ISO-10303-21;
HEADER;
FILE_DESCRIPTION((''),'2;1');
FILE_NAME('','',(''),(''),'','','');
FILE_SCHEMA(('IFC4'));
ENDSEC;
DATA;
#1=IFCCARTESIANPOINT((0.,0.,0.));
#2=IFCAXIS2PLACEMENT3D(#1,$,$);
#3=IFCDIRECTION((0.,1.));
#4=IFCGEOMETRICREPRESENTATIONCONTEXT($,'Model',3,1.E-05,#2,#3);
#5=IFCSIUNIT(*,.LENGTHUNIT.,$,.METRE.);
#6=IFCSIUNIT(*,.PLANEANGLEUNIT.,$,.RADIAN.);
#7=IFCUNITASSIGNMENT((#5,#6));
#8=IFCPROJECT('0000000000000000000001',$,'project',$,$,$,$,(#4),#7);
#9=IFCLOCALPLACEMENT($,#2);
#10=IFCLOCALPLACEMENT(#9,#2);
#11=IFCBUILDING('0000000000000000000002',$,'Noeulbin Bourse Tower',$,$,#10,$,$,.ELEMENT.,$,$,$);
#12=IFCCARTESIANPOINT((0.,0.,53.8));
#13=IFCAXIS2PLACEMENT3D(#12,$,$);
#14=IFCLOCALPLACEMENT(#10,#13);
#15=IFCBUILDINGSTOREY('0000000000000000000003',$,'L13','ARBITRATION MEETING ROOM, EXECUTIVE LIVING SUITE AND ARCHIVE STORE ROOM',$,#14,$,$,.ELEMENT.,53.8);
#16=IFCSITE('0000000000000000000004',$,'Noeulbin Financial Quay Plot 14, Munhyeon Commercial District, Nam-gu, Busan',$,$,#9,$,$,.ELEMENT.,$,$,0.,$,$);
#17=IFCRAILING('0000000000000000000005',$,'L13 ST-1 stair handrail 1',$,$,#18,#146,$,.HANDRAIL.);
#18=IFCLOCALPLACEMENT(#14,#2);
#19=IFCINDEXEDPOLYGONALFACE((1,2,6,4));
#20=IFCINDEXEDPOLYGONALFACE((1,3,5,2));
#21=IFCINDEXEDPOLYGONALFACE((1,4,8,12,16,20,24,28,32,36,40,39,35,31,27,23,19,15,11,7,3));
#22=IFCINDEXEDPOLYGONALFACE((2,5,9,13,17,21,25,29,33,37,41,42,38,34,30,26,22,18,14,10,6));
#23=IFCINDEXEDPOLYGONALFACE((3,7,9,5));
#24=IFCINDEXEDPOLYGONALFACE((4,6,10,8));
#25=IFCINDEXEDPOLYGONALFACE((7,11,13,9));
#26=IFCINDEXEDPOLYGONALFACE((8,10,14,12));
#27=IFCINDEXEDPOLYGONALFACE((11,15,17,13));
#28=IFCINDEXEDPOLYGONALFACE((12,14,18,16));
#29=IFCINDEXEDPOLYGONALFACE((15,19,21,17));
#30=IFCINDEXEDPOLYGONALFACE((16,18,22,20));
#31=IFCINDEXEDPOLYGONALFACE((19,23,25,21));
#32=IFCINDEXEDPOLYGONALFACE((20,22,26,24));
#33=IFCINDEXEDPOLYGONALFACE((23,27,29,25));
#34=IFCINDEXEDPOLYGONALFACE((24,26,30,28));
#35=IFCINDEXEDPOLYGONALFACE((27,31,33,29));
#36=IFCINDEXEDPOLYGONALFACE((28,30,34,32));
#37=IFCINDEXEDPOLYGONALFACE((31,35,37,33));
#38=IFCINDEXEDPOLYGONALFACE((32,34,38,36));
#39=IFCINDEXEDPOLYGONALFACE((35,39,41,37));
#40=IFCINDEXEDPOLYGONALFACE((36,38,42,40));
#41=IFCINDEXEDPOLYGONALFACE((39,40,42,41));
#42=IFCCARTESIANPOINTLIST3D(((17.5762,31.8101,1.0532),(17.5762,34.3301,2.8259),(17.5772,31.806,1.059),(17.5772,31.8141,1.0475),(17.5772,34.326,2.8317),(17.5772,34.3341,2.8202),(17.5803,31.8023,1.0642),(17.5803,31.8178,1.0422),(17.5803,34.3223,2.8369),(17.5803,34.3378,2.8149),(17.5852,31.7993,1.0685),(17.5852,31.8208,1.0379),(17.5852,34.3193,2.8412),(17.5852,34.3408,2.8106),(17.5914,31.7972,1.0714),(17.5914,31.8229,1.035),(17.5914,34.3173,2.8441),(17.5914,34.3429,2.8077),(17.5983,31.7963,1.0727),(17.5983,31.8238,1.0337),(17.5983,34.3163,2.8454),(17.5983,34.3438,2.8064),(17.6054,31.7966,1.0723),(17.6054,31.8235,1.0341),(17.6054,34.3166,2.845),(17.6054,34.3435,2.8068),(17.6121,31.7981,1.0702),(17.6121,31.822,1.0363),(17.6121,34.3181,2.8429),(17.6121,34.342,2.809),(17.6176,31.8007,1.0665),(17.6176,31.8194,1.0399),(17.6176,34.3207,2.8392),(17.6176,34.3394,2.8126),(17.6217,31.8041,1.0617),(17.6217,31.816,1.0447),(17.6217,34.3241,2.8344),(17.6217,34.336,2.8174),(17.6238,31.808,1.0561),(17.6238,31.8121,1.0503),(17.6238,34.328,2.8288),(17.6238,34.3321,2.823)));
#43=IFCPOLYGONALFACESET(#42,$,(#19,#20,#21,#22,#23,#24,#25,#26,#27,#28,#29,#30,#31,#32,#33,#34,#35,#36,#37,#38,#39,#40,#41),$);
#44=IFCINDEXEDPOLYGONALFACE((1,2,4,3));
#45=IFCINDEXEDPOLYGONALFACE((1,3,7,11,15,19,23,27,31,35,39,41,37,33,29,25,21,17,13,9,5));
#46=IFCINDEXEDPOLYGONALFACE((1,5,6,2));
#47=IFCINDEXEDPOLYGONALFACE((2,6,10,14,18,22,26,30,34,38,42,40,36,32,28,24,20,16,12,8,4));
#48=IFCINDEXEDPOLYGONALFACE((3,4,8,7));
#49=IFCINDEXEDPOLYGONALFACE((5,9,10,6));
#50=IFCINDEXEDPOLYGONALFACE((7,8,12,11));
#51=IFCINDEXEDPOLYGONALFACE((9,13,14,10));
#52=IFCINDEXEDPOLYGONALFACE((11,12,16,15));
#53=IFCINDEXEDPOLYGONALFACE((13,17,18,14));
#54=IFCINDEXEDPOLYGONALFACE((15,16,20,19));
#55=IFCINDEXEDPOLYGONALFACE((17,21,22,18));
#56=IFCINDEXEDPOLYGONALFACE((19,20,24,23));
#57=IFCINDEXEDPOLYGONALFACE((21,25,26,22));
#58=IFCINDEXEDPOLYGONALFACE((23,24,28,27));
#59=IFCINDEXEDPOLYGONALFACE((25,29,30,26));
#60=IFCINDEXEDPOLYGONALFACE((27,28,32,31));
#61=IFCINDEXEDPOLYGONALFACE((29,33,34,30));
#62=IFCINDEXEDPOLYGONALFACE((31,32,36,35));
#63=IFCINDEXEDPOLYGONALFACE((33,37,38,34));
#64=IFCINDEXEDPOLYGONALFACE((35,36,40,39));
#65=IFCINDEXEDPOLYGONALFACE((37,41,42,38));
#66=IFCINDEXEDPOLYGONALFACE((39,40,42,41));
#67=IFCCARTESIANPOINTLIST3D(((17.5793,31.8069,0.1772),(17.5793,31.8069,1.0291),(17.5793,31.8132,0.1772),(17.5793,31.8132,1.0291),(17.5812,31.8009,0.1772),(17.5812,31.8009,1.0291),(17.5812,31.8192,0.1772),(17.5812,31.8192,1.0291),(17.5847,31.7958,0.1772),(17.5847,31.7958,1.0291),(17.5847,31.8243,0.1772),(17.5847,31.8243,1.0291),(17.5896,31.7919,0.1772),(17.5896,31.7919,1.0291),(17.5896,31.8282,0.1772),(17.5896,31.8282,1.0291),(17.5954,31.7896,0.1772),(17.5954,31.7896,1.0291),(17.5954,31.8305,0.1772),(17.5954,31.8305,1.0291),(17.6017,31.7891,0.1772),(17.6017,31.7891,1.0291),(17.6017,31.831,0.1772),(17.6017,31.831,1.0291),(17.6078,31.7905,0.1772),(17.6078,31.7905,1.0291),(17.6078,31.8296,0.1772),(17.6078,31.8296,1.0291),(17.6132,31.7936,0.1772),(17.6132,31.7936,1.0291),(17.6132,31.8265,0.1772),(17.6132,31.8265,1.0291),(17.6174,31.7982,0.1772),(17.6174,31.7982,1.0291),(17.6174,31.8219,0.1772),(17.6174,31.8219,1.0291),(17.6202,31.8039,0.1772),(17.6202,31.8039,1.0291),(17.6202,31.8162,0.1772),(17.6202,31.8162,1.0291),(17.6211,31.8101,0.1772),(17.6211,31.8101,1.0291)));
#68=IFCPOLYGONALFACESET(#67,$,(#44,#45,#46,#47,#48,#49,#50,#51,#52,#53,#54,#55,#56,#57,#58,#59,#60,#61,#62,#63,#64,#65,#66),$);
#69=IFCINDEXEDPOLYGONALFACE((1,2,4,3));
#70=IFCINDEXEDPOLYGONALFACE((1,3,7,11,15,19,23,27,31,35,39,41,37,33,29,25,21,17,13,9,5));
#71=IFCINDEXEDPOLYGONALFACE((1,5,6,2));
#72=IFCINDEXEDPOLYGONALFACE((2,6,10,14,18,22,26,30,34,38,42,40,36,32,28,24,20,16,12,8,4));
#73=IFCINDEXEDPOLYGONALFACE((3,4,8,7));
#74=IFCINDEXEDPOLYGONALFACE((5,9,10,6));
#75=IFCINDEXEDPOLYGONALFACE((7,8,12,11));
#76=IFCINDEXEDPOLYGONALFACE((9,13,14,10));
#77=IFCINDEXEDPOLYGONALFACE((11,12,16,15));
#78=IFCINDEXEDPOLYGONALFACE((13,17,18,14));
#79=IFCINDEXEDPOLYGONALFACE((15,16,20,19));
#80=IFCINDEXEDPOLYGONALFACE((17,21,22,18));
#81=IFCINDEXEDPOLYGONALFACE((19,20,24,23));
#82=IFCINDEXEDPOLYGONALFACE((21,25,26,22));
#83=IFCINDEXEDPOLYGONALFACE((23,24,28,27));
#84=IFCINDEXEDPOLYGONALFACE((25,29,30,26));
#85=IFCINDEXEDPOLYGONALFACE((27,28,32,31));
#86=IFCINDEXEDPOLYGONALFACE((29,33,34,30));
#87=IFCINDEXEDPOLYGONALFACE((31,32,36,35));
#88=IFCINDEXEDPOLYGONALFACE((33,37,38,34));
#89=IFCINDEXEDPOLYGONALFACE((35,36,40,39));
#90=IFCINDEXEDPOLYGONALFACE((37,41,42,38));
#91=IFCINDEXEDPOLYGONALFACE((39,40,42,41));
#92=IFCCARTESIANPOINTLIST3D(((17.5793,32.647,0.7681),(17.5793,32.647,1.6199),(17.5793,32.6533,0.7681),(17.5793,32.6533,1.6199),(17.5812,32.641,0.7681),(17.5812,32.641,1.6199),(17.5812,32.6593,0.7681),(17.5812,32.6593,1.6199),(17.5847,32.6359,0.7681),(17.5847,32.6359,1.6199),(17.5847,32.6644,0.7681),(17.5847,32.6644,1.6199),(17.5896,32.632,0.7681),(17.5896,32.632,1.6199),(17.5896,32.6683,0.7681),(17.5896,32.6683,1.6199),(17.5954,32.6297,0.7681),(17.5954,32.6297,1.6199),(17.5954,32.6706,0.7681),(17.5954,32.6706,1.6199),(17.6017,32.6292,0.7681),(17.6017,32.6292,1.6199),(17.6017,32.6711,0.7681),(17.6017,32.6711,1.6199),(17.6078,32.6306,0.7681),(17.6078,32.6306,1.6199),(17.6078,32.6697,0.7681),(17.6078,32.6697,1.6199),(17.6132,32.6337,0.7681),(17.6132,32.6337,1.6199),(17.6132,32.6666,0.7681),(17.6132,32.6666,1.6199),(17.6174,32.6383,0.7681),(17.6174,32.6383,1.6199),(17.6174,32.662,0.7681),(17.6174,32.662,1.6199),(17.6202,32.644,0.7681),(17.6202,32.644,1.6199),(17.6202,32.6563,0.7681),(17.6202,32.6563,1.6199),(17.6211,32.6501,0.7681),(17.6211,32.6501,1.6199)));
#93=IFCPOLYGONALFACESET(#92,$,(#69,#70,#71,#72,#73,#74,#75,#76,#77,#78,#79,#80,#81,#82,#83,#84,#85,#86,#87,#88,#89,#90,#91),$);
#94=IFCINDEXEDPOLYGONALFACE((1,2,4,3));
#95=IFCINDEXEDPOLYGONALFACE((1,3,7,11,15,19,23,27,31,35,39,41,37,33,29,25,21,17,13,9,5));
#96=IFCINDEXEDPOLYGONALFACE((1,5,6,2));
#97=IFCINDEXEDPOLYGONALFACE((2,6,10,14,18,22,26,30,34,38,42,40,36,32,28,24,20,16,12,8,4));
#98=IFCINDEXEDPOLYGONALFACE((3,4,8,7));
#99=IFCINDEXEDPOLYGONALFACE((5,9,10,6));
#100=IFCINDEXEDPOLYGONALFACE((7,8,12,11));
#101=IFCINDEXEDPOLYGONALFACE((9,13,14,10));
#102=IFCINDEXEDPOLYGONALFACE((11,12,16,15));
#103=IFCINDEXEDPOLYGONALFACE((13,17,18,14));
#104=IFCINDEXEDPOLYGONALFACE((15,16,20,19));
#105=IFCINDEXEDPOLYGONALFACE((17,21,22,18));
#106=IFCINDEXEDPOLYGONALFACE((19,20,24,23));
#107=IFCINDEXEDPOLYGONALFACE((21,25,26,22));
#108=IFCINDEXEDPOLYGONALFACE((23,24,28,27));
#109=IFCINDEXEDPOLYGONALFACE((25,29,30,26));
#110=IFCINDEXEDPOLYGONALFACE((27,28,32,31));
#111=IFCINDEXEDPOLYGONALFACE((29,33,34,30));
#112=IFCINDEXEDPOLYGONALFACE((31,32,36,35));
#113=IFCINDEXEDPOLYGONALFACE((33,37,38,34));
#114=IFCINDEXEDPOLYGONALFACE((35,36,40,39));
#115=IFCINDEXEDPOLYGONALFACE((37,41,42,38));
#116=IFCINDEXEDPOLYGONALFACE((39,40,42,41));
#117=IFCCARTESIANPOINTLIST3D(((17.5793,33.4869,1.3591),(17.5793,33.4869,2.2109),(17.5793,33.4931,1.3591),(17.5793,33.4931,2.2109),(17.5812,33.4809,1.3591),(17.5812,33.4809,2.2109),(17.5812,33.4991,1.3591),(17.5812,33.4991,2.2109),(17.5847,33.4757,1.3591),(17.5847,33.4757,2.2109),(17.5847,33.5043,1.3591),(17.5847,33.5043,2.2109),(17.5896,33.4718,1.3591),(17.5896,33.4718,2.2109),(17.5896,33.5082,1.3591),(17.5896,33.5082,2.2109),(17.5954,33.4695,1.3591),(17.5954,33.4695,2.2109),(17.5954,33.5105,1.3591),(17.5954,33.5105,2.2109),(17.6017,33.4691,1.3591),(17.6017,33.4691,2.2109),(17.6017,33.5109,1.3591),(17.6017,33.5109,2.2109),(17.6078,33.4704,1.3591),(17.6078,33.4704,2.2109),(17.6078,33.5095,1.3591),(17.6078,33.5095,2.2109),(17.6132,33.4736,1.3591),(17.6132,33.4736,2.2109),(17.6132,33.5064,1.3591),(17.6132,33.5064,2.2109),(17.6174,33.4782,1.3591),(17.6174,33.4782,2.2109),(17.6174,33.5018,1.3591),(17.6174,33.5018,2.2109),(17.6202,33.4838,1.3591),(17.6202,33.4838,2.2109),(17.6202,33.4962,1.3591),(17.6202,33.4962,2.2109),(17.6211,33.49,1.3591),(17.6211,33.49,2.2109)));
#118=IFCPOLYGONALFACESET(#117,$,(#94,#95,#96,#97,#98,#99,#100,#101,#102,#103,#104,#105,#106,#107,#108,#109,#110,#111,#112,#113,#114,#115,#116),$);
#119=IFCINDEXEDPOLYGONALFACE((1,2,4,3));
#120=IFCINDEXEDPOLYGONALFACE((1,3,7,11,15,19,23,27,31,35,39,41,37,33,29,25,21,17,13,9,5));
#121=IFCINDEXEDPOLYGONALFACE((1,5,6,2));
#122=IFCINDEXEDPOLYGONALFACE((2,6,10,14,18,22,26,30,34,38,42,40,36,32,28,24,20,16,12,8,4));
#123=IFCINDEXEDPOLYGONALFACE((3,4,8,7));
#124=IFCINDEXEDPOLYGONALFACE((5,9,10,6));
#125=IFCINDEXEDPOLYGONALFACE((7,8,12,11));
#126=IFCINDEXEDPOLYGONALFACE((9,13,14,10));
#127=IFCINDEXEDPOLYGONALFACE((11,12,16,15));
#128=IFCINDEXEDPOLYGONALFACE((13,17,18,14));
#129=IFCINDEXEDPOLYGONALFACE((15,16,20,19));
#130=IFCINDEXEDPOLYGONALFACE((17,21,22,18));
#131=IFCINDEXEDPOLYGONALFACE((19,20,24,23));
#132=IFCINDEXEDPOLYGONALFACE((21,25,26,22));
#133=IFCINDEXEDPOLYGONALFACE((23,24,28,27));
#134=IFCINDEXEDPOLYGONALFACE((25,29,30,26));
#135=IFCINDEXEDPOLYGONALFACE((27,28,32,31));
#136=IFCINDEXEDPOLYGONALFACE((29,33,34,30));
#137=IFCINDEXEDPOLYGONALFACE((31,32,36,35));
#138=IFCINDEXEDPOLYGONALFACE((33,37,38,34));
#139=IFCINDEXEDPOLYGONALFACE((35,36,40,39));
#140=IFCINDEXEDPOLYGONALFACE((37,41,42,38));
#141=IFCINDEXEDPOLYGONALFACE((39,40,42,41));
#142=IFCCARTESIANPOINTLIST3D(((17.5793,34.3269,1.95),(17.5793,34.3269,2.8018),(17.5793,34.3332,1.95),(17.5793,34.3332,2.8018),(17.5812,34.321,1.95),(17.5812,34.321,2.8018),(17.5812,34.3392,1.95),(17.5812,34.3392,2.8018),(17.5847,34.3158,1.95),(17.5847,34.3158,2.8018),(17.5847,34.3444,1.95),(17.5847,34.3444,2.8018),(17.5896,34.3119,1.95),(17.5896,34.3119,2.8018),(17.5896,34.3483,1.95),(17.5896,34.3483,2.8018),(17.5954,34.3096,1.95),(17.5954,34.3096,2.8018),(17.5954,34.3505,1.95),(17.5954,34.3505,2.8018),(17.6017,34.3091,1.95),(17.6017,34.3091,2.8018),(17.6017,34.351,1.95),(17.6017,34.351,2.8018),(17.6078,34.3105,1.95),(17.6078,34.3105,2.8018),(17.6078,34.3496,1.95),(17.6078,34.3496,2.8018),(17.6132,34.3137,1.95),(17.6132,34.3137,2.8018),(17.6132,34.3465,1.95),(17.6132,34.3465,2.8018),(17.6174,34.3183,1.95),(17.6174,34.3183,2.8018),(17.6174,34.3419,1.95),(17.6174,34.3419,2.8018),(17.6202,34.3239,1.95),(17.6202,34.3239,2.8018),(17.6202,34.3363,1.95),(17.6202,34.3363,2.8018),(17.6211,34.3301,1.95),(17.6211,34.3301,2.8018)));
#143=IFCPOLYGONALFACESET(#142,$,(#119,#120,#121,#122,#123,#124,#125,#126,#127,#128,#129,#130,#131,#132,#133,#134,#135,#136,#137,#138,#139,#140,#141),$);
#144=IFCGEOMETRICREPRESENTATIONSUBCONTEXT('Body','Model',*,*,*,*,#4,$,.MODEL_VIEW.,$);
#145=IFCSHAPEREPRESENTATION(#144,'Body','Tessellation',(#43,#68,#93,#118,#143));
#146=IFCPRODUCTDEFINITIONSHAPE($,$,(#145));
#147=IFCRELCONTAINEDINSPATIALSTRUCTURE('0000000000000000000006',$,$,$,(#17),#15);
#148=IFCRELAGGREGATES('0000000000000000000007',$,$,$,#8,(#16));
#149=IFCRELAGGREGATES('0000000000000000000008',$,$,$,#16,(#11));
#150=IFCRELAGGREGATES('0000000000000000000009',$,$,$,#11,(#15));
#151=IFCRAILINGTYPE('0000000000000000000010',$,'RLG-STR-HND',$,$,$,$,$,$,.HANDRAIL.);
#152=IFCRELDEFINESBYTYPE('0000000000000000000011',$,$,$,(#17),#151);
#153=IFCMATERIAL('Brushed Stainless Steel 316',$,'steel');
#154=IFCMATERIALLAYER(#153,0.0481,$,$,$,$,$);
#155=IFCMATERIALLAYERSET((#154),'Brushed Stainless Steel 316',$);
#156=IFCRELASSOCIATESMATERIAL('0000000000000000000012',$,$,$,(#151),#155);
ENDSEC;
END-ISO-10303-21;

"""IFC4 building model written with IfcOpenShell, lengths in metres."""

from ifc_helpers import new_model, si_unit, direction, frame, origin, origin_2d, place, context, subcontext, project, spatial, circle, extrude, material, layer, layer_set, type_object, element, save


model = new_model("IFC4")

# Units and contexts
model_context = context("Model", 3, precision=1e-05, world=origin(), true_north=direction((0.0, 1.0)))
body_context = subcontext(model_context, "Body", "Model", "MODEL_VIEW")
ifc_project = project(units=[si_unit("LENGTHUNIT", "METRE"), si_unit("PLANEANGLEUNIT", "RADIAN")], contexts=[model_context])

# Site, building, storey
site_placement = place(None, origin())
site = spatial("IfcSite", under=ifc_project, at=site_placement, Name="Noeulbin Financial Quay Plot 14, Munhyeon Commercial District, Nam-gu, Busan", CompositionType="ELEMENT", RefElevation=0.0)
building_placement = place(site_placement, origin())
building = spatial("IfcBuilding", under=site, at=building_placement, Name="Noeulbin Bourse Tower", CompositionType="ELEMENT")
storey_placement = place(building_placement, frame((0.0, 0.0, 53.8)))
storey = spatial("IfcBuildingStorey", under=building, at=storey_placement, Name="L13", Description="ARBITRATION MEETING ROOM, EXECUTIVE LIVING SUITE AND ARCHIVE STORE ROOM", CompositionType="ELEMENT", Elevation=53.8)

# Shared definitions
ifc_material_1 = material(Name="Brushed Stainless Steel 316", Category="steel")

# Railing
ifc_layer_1 = layer(ifc_material_1, 0.0481)
ifc_layer_set_1 = layer_set([ifc_layer_1], Name="Brushed Stainless Steel 316")
railing_type_1 = type_object("IfcRailingType", Name="RLG-STR-HND", PredefinedType="HANDRAIL", material=ifc_layer_set_1)
railing_1_placement = place(storey_placement, frame((17.6001, 31.8101, 0.1772)))
element("IfcRailing", 1, at=railing_1_placement, inside=storey, type_object=railing_type_1, Name="L13 ST-1 stair handrail 1", PredefinedType="HANDRAIL", context=body_context, shape_type="SweptSolid", body=[
    extrude(circle(Radius=0.0239, at=origin_2d()), frame((0.0, 0.0, 0.876), z_axis=(0.0, 0.817904, 0.575354), x_axis=(-1.0, 0.0, 0.0)), (0.0, 0.0, 1.0), 3.0811),
    extrude(circle(Radius=0.021, at=origin_2d()), origin(), (0.0, 0.0, 1.0), 0.8518),
    extrude(circle(Radius=0.021, at=origin_2d()), frame((0.0, 0.8401, 0.5908)), (0.0, 0.0, 1.0), 0.8518),
    extrude(circle(Radius=0.021, at=origin_2d()), frame((0.0, 1.6799, 1.1819)), (0.0, 0.0, 1.0), 0.8518),
    extrude(circle(Radius=0.021, at=origin_2d()), frame((0.0, 2.52, 1.7727)), (0.0, 0.0, 1.0), 0.8518),
])

save(model, "model.ifc")
